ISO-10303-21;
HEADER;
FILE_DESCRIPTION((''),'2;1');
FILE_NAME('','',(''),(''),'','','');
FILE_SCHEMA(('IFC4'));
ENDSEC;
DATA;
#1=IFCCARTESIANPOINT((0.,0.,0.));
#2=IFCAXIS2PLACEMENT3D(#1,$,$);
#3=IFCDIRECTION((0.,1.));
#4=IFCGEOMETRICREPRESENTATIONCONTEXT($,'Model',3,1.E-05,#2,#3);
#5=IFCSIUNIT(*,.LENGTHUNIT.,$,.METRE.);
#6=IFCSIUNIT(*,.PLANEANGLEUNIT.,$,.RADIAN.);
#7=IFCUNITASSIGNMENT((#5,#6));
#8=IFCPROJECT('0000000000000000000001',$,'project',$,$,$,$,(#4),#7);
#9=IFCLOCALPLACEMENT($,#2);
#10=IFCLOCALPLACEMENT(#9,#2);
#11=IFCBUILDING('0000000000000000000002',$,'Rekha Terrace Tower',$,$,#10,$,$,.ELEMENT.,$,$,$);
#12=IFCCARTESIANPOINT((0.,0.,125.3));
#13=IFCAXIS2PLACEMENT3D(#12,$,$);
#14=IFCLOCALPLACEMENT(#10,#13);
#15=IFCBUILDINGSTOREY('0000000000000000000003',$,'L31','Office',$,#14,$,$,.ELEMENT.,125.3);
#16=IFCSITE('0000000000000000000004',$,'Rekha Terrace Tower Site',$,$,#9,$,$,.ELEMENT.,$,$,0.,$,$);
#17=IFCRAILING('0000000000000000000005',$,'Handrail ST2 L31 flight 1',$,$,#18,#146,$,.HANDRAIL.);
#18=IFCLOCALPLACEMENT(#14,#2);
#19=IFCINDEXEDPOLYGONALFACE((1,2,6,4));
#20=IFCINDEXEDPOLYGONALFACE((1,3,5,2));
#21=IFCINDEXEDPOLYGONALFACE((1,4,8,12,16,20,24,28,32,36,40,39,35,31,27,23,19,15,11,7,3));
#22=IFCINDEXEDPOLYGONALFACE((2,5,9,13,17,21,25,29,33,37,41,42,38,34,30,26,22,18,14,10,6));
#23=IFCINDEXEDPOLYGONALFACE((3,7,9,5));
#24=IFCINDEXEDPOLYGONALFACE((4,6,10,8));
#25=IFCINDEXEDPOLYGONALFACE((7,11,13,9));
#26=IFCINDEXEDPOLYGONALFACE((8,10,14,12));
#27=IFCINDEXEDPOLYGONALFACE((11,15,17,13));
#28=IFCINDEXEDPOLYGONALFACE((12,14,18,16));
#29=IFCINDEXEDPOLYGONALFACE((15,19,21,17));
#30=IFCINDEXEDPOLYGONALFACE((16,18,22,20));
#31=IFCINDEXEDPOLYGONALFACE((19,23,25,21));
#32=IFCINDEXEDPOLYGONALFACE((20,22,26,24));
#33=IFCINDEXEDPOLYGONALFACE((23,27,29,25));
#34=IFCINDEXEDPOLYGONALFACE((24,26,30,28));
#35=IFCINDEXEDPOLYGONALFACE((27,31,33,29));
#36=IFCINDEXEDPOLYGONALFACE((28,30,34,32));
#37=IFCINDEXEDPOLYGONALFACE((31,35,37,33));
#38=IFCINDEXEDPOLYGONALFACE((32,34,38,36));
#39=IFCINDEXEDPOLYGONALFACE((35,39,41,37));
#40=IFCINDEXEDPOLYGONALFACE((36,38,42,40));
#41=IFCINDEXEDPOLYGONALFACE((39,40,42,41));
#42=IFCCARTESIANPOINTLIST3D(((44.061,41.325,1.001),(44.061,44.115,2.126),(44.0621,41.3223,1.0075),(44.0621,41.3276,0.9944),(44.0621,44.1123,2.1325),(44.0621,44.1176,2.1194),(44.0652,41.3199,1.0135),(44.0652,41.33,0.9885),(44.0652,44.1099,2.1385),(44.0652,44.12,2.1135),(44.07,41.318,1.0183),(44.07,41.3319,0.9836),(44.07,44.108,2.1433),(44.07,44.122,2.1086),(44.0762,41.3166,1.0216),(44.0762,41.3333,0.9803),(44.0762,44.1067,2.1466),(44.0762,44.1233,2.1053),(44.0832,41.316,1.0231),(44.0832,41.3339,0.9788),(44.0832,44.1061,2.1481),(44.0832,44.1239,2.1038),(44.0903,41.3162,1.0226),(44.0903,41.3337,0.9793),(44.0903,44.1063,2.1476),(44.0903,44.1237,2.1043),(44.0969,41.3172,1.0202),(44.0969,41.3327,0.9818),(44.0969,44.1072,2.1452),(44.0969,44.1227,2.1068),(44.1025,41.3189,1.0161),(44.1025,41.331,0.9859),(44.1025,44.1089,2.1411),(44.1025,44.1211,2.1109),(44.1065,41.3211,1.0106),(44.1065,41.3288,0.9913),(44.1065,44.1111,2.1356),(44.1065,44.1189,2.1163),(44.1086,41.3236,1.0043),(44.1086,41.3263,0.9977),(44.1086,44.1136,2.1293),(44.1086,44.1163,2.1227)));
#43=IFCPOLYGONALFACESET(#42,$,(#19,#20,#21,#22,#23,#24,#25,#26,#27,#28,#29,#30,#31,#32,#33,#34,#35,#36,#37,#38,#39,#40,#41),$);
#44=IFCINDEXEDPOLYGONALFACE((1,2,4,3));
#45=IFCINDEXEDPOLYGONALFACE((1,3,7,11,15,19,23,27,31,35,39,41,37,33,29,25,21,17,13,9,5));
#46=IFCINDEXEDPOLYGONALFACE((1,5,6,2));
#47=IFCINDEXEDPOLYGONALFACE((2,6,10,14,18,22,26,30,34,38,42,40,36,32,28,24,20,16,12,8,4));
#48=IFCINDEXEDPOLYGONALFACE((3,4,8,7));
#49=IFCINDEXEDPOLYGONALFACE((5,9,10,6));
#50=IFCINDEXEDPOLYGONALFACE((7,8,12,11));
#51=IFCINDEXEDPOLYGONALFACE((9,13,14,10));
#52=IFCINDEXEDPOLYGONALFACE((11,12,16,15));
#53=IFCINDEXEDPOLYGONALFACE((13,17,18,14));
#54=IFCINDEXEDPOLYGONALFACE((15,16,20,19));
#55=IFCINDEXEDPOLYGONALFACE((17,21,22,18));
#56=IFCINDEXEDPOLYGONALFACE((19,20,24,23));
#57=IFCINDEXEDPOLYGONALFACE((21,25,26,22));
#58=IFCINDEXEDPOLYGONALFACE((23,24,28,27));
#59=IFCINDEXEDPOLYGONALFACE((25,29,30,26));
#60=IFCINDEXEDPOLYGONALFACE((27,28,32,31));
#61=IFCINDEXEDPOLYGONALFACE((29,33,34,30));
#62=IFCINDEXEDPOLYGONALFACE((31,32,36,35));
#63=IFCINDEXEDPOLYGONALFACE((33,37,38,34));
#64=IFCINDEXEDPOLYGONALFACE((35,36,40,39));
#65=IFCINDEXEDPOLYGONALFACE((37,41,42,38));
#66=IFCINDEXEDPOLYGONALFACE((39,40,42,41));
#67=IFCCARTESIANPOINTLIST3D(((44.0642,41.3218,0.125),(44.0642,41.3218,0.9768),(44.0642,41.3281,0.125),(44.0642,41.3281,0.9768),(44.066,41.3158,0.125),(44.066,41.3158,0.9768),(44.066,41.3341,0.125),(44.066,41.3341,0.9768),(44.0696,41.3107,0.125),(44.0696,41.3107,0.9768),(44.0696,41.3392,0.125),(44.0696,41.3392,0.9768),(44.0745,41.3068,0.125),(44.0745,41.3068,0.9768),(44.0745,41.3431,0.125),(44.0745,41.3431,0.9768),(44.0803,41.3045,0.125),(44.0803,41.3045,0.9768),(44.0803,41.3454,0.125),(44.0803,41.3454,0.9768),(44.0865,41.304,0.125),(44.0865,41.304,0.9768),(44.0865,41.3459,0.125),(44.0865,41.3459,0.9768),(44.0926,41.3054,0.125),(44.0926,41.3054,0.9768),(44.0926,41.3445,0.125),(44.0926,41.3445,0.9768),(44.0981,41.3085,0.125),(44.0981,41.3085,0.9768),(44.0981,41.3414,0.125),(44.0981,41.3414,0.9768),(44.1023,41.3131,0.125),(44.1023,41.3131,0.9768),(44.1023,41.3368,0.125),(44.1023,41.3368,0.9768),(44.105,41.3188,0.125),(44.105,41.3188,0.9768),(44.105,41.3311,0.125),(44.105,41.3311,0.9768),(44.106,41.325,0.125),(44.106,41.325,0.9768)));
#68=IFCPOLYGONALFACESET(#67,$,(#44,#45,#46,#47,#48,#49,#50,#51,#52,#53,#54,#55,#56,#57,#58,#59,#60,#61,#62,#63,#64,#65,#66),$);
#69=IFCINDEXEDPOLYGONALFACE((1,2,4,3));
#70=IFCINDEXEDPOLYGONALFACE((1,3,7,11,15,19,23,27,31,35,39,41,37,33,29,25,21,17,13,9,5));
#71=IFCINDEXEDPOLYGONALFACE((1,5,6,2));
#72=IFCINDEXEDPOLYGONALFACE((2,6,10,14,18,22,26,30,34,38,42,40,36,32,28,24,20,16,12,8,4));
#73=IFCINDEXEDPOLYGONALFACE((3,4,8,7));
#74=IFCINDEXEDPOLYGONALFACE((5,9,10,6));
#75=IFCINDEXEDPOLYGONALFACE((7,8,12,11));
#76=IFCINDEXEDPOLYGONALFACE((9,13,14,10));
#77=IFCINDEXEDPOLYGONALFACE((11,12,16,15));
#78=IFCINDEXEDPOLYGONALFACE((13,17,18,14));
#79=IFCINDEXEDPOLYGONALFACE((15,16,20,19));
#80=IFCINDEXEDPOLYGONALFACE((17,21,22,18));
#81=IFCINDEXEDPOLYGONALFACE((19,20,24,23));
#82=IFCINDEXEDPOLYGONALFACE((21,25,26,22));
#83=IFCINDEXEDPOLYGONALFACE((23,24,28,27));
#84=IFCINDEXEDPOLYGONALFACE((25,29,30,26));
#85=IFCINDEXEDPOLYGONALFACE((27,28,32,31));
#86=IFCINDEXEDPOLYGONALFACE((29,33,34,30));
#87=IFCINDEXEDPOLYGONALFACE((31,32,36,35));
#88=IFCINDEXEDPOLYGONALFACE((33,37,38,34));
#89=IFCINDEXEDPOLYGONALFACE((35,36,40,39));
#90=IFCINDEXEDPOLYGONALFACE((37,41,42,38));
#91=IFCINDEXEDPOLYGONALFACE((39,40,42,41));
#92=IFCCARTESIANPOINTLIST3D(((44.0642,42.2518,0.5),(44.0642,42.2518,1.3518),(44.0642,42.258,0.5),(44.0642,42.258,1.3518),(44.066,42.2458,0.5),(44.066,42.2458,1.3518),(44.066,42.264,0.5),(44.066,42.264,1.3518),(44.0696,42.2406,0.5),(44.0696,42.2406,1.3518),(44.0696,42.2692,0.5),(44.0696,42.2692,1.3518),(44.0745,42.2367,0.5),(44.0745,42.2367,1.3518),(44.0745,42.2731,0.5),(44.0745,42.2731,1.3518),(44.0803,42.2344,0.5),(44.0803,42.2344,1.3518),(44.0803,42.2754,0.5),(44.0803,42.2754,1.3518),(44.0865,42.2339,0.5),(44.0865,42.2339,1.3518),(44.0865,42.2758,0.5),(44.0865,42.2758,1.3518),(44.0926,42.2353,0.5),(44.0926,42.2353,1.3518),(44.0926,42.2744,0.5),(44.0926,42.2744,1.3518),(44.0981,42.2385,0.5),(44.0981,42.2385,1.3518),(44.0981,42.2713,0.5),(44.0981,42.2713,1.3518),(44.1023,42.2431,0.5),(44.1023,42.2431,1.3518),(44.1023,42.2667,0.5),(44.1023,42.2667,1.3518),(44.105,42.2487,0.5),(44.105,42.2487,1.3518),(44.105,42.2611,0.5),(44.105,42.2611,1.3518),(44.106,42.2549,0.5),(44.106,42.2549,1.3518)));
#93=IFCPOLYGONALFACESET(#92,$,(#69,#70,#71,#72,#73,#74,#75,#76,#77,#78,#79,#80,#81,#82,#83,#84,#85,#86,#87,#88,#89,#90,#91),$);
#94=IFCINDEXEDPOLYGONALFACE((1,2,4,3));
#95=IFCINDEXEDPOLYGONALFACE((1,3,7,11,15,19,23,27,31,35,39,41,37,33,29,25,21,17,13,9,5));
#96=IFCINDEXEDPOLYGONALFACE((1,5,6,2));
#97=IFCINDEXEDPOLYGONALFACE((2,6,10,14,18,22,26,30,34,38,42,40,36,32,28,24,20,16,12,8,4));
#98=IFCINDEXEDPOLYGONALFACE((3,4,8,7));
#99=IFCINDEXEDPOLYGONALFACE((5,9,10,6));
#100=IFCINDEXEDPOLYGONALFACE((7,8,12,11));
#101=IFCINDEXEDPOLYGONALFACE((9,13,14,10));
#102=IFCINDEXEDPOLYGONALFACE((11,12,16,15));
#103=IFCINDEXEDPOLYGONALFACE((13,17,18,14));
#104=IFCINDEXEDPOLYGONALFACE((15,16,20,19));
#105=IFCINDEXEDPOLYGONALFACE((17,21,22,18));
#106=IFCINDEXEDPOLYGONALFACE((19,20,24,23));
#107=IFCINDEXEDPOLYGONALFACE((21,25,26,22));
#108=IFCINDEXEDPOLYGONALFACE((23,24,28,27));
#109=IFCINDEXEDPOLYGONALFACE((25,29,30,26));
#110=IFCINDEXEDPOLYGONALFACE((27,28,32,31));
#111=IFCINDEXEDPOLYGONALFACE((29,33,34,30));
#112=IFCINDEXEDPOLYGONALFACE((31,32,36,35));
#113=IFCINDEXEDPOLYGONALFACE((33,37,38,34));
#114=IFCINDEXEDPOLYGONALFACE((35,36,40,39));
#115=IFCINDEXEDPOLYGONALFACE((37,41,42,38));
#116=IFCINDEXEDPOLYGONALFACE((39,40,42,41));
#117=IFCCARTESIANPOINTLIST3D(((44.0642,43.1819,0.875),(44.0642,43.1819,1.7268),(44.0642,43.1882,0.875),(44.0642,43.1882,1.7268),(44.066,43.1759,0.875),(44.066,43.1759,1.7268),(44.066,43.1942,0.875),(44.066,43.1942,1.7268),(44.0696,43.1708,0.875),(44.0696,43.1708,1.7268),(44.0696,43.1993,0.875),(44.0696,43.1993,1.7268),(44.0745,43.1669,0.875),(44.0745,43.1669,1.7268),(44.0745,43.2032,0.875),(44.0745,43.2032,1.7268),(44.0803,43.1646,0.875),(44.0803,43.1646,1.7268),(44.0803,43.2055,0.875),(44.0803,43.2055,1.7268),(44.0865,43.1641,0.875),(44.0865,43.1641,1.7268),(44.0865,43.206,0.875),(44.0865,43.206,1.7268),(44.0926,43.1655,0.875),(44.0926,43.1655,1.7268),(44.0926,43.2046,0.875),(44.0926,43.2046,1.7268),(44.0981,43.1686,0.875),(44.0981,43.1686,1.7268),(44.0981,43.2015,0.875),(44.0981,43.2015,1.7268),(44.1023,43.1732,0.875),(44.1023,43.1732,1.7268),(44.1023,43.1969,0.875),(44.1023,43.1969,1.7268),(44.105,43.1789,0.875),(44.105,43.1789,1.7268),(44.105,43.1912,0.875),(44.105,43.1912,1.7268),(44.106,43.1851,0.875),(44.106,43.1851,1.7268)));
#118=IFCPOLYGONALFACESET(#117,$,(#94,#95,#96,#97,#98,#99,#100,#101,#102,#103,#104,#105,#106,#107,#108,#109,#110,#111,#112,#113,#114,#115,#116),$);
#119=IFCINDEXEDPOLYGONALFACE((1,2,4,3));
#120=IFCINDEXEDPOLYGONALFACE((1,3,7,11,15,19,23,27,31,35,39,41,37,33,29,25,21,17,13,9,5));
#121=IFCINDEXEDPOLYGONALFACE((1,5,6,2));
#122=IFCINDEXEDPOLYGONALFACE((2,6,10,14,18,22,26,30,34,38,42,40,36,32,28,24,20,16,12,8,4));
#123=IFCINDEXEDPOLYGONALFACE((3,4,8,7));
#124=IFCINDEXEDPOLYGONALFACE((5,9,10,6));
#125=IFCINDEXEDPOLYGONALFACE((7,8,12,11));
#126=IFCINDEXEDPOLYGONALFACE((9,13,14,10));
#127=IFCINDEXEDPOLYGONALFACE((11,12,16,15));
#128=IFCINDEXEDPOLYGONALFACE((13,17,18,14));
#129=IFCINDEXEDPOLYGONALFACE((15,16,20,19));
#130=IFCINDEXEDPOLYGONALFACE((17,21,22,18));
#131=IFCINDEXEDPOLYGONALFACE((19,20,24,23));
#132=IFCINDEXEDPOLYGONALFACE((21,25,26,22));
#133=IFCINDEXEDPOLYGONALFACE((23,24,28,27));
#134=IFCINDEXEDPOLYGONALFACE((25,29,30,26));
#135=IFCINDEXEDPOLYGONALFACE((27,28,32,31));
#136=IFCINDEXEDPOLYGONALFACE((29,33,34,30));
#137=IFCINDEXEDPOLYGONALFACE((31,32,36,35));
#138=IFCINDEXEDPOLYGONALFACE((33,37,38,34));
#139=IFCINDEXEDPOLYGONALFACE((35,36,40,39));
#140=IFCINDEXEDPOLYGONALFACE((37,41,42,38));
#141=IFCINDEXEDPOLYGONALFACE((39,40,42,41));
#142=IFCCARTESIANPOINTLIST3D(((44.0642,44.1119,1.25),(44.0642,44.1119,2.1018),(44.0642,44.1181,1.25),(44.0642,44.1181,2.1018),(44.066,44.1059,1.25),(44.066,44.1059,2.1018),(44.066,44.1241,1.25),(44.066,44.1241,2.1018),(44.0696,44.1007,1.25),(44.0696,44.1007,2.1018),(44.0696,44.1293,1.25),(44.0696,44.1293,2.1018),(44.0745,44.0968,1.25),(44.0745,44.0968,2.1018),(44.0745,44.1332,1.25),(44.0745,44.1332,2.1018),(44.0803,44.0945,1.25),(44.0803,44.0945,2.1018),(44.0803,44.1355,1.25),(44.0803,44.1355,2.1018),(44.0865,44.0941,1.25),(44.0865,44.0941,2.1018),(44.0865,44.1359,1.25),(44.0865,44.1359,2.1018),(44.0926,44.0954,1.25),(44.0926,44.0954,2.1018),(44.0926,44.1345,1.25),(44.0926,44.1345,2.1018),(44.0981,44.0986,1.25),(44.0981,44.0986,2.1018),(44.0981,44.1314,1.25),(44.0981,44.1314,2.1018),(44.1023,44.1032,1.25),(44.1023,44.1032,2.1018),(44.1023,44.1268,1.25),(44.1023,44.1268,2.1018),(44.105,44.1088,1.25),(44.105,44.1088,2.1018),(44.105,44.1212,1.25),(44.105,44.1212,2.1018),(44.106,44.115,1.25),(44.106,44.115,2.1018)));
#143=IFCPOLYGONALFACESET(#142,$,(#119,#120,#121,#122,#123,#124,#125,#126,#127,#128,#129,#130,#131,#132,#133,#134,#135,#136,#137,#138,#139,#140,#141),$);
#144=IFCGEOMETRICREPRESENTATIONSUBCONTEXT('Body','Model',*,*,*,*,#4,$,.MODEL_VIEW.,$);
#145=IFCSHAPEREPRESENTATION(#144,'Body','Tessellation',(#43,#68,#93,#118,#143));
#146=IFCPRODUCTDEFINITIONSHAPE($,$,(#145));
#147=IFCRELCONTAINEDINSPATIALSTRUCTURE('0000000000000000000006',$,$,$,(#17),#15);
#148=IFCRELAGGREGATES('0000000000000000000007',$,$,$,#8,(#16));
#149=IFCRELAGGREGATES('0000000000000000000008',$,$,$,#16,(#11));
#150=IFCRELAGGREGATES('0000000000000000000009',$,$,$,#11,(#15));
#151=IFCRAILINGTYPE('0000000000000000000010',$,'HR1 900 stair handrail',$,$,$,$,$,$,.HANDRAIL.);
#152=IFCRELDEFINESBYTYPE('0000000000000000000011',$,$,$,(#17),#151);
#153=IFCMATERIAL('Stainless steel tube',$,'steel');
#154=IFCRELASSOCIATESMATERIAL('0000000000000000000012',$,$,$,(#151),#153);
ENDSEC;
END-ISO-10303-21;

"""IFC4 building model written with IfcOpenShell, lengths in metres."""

from ifc_helpers import new_model, si_unit, direction, frame, origin, origin_2d, place, context, subcontext, project, spatial, circle, extrude, material, type_object, element, save


model = new_model("IFC4")

# Units and contexts
model_context = context("Model", 3, precision=1e-05, world=origin(), true_north=direction((0.0, 1.0)))
body_context = subcontext(model_context, "Body", "Model", "MODEL_VIEW")
ifc_project = project(units=[si_unit("LENGTHUNIT", "METRE"), si_unit("PLANEANGLEUNIT", "RADIAN")], contexts=[model_context])

# Site, building, storey
site_placement = place(None, origin())
site = spatial("IfcSite", under=ifc_project, at=site_placement, Name="Rekha Terrace Tower Site", CompositionType="ELEMENT", RefElevation=0.0)
building_placement = place(site_placement, origin())
building = spatial("IfcBuilding", under=site, at=building_placement, Name="Rekha Terrace Tower", CompositionType="ELEMENT")
storey_placement = place(building_placement, frame((0.0, 0.0, 125.3)))
storey = spatial("IfcBuildingStorey", under=building, at=storey_placement, Name="L31", Description="Office", CompositionType="ELEMENT", Elevation=125.3)

# Railing
ifc_material_1 = material(Name="Stainless steel tube", Category="steel")
railing_type_1 = type_object("IfcRailingType", Name="HR1 900 stair handrail", PredefinedType="HANDRAIL", material=ifc_material_1)
railing_1_placement = place(storey_placement, frame((44.085, 41.325, 0.125)))
element("IfcRailing", 1, at=railing_1_placement, inside=storey, type_object=railing_type_1, Name="Handrail ST2 L31 flight 1", PredefinedType="HANDRAIL", context=body_context, shape_type="SweptSolid", body=[
    extrude(circle(Radius=0.0239, at=origin_2d()), frame((0.0, 0.0, 0.876), z_axis=(0.0, 0.927443, 0.373964), x_axis=(-1.0, 0.0, 0.0)), (0.0, 0.0, 1.0), 3.0083),
    extrude(circle(Radius=0.021, at=origin_2d()), origin(), (0.0, 0.0, 1.0), 0.8518),
    extrude(circle(Radius=0.021, at=origin_2d()), frame((0.0, 0.9299, 0.375)), (0.0, 0.0, 1.0), 0.8518),
    extrude(circle(Radius=0.021, at=origin_2d()), frame((0.0, 1.8601, 0.75)), (0.0, 0.0, 1.0), 0.8518),
    extrude(circle(Radius=0.021, at=origin_2d()), frame((0.0, 2.79, 1.125)), (0.0, 0.0, 1.0), 0.8518),
])

save(model, "model.ifc")
